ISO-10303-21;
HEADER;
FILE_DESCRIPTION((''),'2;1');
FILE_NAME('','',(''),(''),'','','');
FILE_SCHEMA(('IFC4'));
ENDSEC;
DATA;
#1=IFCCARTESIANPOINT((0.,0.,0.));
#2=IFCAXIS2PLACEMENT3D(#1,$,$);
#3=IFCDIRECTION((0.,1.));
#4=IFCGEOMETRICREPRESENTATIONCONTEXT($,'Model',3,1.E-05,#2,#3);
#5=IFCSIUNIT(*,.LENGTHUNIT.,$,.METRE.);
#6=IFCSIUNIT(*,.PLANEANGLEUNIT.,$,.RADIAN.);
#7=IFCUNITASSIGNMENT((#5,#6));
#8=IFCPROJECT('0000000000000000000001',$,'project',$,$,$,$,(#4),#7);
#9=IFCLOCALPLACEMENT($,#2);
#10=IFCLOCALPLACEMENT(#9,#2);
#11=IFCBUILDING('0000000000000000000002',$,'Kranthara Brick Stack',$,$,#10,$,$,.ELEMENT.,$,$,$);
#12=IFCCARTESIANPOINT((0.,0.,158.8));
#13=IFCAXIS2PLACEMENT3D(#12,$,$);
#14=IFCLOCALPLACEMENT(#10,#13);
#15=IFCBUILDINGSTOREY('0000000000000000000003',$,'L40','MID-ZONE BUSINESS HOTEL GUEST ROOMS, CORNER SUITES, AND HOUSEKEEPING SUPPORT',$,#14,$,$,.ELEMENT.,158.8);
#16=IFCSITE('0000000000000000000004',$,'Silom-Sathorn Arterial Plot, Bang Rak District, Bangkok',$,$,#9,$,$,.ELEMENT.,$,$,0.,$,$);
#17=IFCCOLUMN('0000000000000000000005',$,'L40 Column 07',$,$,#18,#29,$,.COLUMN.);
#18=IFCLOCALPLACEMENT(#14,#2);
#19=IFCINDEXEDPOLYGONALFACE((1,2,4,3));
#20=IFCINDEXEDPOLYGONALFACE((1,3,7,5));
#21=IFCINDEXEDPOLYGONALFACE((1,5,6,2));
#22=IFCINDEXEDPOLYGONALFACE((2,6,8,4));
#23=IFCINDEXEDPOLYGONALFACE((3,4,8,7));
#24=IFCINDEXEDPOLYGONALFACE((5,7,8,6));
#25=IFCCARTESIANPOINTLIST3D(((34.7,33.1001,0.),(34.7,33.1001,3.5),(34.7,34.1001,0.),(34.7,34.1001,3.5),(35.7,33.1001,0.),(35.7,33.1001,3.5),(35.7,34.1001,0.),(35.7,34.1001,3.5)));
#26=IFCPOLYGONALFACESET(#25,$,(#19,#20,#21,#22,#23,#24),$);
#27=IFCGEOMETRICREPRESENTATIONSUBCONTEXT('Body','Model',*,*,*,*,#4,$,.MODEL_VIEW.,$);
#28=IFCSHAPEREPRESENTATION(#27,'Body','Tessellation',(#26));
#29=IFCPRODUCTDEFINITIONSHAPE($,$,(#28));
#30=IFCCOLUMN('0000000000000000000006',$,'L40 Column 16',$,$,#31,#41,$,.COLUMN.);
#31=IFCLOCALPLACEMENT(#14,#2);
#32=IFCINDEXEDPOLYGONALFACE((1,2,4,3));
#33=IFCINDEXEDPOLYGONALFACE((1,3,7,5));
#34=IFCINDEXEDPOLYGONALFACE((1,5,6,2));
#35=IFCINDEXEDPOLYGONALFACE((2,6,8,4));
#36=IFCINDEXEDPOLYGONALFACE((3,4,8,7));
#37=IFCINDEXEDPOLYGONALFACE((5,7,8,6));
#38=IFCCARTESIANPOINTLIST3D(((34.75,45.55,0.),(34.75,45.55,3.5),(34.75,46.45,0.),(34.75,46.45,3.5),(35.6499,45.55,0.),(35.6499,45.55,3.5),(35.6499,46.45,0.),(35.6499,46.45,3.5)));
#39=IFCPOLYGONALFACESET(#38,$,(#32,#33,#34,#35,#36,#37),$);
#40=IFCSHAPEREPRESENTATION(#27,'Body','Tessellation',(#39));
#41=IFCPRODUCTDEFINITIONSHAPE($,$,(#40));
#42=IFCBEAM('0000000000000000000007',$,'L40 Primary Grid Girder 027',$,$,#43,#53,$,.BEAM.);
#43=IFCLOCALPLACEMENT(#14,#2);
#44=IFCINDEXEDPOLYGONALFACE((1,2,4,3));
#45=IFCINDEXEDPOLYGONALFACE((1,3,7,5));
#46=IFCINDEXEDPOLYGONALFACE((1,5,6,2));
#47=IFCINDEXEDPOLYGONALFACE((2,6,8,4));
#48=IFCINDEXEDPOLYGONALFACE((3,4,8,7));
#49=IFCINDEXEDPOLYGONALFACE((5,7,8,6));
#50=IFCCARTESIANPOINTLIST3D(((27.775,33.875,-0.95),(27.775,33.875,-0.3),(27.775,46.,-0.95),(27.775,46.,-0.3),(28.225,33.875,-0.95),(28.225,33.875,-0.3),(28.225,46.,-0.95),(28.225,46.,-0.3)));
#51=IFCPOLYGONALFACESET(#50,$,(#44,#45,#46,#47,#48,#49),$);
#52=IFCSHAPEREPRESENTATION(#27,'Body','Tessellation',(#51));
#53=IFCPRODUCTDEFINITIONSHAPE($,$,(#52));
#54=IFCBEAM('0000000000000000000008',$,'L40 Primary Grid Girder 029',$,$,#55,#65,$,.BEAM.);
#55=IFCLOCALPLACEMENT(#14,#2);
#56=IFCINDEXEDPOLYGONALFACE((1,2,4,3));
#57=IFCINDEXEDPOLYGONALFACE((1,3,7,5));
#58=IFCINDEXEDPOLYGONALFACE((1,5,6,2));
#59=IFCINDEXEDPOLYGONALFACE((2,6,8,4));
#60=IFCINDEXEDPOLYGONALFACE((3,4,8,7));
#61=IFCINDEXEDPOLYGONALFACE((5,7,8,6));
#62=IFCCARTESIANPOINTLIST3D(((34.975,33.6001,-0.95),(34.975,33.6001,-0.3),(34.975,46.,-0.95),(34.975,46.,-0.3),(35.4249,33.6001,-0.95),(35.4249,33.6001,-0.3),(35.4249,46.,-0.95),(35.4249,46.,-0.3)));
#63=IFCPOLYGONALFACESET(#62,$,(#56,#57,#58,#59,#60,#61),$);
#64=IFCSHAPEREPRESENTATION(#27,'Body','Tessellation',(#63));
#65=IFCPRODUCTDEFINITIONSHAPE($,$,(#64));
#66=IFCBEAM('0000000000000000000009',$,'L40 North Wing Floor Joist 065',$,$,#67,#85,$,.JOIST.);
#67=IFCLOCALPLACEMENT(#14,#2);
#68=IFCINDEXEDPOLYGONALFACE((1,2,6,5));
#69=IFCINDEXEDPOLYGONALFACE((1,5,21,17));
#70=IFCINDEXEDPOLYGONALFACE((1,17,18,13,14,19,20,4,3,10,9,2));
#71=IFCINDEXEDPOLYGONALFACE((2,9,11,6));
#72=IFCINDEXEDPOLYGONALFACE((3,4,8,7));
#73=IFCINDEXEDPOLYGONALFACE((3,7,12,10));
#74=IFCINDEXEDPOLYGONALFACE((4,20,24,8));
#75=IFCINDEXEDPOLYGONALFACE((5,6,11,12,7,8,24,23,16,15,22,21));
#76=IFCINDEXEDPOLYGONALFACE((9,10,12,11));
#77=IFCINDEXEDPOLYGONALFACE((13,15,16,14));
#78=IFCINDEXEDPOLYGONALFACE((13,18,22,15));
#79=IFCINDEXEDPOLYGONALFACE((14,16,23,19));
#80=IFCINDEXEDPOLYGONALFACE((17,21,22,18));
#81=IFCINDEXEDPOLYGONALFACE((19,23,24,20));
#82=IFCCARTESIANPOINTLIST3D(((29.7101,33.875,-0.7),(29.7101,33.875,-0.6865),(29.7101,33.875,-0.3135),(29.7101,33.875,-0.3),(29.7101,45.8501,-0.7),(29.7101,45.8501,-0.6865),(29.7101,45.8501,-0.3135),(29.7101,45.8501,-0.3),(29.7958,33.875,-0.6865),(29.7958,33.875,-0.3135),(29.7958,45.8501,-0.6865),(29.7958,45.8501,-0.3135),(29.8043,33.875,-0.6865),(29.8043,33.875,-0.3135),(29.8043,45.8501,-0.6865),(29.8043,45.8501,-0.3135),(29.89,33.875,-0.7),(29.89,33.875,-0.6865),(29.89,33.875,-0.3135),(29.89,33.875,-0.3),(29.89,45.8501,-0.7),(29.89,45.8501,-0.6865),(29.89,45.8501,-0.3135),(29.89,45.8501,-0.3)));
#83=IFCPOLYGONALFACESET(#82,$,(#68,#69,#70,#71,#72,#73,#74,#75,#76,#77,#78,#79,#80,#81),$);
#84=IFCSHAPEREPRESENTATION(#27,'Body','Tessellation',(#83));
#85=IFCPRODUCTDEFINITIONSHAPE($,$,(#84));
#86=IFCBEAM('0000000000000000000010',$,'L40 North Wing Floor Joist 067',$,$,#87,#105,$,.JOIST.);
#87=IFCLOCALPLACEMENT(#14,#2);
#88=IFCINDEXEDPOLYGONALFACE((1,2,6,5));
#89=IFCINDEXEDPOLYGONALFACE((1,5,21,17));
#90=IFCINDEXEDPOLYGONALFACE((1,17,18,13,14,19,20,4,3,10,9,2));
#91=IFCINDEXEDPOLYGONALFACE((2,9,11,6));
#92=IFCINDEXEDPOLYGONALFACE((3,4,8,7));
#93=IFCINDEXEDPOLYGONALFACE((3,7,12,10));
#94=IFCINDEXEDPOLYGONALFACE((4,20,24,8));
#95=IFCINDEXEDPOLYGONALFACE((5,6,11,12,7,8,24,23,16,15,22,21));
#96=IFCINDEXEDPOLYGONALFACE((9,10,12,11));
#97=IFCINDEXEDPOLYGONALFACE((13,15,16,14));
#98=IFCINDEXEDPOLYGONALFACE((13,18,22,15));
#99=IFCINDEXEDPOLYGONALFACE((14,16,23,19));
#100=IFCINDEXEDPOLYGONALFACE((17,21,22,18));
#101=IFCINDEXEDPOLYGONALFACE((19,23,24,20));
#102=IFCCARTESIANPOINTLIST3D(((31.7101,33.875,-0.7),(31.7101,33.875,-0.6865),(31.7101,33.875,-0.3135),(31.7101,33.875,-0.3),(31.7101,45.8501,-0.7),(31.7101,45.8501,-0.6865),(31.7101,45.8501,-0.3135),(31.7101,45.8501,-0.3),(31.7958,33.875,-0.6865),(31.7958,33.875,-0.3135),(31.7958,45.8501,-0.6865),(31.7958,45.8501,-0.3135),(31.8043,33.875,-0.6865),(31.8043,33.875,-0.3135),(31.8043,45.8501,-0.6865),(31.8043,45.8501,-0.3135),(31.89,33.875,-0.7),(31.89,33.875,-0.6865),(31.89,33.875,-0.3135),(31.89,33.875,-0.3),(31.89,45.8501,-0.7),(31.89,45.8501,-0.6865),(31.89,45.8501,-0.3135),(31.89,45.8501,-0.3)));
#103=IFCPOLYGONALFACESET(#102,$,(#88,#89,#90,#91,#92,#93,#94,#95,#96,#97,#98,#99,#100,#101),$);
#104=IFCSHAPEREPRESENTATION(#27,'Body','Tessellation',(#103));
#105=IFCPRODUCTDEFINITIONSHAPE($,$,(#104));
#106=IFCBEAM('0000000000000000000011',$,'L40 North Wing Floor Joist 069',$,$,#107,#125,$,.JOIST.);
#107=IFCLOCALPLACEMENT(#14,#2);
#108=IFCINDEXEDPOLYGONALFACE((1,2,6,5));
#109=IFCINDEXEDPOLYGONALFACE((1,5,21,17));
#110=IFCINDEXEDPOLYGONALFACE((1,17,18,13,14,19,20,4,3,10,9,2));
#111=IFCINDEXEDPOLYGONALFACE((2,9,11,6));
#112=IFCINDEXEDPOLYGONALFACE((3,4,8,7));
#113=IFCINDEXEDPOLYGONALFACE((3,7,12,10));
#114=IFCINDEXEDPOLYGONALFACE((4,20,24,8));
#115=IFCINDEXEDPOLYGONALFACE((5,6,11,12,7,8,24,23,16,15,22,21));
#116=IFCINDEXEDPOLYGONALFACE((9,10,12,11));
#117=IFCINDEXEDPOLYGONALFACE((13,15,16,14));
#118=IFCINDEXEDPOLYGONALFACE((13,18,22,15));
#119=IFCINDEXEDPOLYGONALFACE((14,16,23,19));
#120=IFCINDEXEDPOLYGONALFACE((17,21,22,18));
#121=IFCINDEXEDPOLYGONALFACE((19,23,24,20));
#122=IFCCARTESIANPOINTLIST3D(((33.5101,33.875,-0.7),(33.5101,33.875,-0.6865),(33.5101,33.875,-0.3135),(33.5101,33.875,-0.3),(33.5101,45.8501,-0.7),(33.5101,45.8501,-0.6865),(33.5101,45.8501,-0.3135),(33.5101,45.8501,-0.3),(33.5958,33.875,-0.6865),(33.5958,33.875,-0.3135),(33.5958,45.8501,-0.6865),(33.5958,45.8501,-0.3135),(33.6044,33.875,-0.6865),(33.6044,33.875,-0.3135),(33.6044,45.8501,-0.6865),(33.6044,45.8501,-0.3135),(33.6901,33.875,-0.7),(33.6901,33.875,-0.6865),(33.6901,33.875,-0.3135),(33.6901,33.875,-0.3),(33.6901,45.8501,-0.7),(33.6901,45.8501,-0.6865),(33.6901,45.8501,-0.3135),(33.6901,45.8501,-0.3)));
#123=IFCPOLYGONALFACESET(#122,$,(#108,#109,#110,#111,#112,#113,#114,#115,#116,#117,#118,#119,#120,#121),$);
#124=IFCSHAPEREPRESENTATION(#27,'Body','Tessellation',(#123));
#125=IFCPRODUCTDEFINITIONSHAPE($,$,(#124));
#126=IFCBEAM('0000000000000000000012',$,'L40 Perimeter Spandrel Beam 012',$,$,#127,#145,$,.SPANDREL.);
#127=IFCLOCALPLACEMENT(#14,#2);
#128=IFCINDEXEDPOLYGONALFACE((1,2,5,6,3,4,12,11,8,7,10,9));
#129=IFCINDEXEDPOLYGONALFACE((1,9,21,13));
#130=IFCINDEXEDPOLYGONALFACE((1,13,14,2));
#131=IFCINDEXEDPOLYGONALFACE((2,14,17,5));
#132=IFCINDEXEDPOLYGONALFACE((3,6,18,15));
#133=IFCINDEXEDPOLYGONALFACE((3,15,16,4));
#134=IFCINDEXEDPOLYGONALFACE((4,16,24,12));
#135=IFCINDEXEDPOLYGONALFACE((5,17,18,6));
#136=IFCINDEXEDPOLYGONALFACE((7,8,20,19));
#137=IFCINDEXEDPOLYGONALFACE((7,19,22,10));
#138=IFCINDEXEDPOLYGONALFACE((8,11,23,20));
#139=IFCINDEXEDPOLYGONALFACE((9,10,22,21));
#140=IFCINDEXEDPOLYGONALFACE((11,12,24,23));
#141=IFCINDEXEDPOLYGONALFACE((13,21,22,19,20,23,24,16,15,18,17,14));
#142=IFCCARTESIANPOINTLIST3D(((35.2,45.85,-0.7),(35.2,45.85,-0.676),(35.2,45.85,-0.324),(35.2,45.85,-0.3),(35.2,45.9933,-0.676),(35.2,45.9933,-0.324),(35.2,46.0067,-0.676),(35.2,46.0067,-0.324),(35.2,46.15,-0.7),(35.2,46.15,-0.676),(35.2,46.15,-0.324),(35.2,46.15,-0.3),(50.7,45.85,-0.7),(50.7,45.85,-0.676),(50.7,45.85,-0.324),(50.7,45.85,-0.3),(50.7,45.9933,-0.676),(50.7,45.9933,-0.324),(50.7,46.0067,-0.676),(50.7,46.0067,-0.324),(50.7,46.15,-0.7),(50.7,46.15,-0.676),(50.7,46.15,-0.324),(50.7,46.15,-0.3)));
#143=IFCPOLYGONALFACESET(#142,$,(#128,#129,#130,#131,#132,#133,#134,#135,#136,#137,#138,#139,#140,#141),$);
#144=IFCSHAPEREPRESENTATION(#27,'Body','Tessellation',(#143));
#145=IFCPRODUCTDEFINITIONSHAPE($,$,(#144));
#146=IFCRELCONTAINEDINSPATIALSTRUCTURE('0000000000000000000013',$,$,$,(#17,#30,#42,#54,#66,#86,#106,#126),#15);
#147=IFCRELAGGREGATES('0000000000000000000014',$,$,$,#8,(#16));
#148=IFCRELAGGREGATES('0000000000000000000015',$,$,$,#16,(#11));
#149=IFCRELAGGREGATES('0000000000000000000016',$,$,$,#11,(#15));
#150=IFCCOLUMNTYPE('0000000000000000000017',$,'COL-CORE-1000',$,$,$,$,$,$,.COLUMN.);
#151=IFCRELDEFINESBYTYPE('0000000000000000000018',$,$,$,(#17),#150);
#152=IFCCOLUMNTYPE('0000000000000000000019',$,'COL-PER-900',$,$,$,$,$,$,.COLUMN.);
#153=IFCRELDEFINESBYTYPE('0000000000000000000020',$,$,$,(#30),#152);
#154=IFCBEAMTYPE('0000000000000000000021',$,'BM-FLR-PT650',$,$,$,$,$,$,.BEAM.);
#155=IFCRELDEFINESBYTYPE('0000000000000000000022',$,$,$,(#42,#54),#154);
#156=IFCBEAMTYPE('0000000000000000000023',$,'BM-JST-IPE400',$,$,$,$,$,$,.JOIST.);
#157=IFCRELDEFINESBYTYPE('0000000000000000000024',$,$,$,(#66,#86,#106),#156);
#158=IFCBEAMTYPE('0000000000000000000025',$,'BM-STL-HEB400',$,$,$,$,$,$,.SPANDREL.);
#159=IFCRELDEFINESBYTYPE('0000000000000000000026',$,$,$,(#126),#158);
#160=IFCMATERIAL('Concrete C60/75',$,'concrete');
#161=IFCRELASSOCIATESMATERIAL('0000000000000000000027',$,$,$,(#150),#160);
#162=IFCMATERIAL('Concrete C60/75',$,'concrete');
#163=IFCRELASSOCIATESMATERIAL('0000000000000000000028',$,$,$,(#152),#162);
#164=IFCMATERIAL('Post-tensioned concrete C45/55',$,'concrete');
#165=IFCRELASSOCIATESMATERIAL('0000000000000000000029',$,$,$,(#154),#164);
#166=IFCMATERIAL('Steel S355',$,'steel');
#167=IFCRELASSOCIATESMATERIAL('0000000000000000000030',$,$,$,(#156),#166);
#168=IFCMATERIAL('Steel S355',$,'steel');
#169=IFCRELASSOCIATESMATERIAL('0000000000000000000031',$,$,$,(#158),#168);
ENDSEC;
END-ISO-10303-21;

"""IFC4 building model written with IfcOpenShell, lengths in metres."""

from ifc_helpers import new_model, si_unit, direction, frame, origin, origin_2d, place, context, subcontext, project, spatial, rectangle, i_section, extrude, material, material_profile, profile_set, type_object, element, save


model = new_model("IFC4")

# Units and contexts
model_context = context("Model", 3, precision=1e-05, world=origin(), true_north=direction((0.0, 1.0)))
body_context = subcontext(model_context, "Body", "Model", "MODEL_VIEW")
ifc_project = project(units=[si_unit("LENGTHUNIT", "METRE"), si_unit("PLANEANGLEUNIT", "RADIAN")], contexts=[model_context])

# Site, building, storey
site_placement = place(None, origin())
site = spatial("IfcSite", under=ifc_project, at=site_placement, Name="Silom-Sathorn Arterial Plot, Bang Rak District, Bangkok", CompositionType="ELEMENT", RefElevation=0.0)
building_placement = place(site_placement, origin())
building = spatial("IfcBuilding", under=site, at=building_placement, Name="Kranthara Brick Stack", CompositionType="ELEMENT")
storey_placement = place(building_placement, frame((0.0, 0.0, 158.8)))
storey = spatial("IfcBuildingStorey", under=building, at=storey_placement, Name="L40", Description="MID-ZONE BUSINESS HOTEL GUEST ROOMS, CORNER SUITES, AND HOUSEKEEPING SUPPORT", CompositionType="ELEMENT", Elevation=158.8)

# Columns
ifc_material_1 = material(Name="Concrete C60/75", Category="concrete")
ifc_material_profile_1 = material_profile(ifc_material_1, rectangle(XDim=1.0, YDim=1.0, at=origin_2d()), Name="RC 1000x1000")
ifc_profile_set_1 = profile_set([ifc_material_profile_1], Name="Concrete C60/75")
column_type_1 = type_object("IfcColumnType", Name="COL-CORE-1000", PredefinedType="COLUMN", material=ifc_profile_set_1)
column_1_placement = place(storey_placement, frame((35.2, 33.6001, 0.0), z_axis=(0.0, 0.0, 1.0), x_axis=(1.0, 0.0, 0.0)))
element("IfcColumn", 1, at=column_1_placement, inside=storey, type_object=column_type_1, Name="L40 Column 07", PredefinedType="COLUMN", context=body_context, shape_type="SweptSolid", body=[
    extrude(rectangle(XDim=1.0, YDim=1.0, at=origin_2d()), origin(), (0.0, 0.0, 1.0), 3.5),
])
ifc_material_2 = material(Name="Concrete C60/75", Category="concrete")
ifc_material_profile_2 = material_profile(ifc_material_2, rectangle(XDim=0.8999, YDim=0.8999, at=origin_2d()), Name="RC 900x900")
ifc_profile_set_2 = profile_set([ifc_material_profile_2], Name="Concrete C60/75")
column_type_2 = type_object("IfcColumnType", Name="COL-PER-900", PredefinedType="COLUMN", material=ifc_profile_set_2)
column_2_placement = place(storey_placement, frame((35.2, 46.0, 0.0), z_axis=(0.0, 0.0, 1.0), x_axis=(1.0, 0.0, 0.0)))
element("IfcColumn", 2, at=column_2_placement, inside=storey, type_object=column_type_2, Name="L40 Column 16", PredefinedType="COLUMN", context=body_context, shape_type="SweptSolid", body=[
    extrude(rectangle(XDim=0.8999, YDim=0.8999, at=origin_2d()), origin(), (0.0, 0.0, 1.0), 3.5),
])

# Beams
ifc_material_3 = material(Name="Post-tensioned concrete C45/55", Category="concrete")
ifc_material_profile_3 = material_profile(ifc_material_3, rectangle(XDim=0.45, YDim=0.6499, at=origin_2d()), Name="PT 450x650")
ifc_profile_set_3 = profile_set([ifc_material_profile_3], Name="Post-tensioned concrete C45/55")
beam_type_1 = type_object("IfcBeamType", Name="BM-FLR-PT650", PredefinedType="BEAM", material=ifc_profile_set_3)
beam_1_placement = place(storey_placement, frame((28.0, 33.875, -0.625), z_axis=(0.0, 1.0, 0.0), x_axis=(-1.0, 0.0, 0.0)))
element("IfcBeam", 3, at=beam_1_placement, inside=storey, type_object=beam_type_1, Name="L40 Primary Grid Girder 027", PredefinedType="BEAM", context=body_context, shape_type="SweptSolid", body=[
    extrude(rectangle(XDim=0.45, YDim=0.6499, at=origin_2d()), origin(), (0.0, 0.0, 1.0), 12.125),
])
beam_2_placement = place(storey_placement, frame((35.2, 33.6001, -0.625), z_axis=(0.0, 1.0, 0.0), x_axis=(-1.0, 0.0, 0.0)))
element("IfcBeam", 4, at=beam_2_placement, inside=storey, type_object=beam_type_1, Name="L40 Primary Grid Girder 029", PredefinedType="BEAM", context=body_context, shape_type="SweptSolid", body=[
    extrude(rectangle(XDim=0.45, YDim=0.6499, at=origin_2d()), origin(), (0.0, 0.0, 1.0), 12.3999),
])
ifc_material_4 = material(Name="Steel S355", Category="steel")
ifc_material_profile_4 = material_profile(ifc_material_4, i_section(OverallWidth=0.1799, OverallDepth=0.3999, WebThickness=0.0085, FlangeThickness=0.0134, at=origin_2d()), Name="IPE 400")
ifc_profile_set_4 = profile_set([ifc_material_profile_4], Name="Steel S355")
beam_type_2 = type_object("IfcBeamType", Name="BM-JST-IPE400", PredefinedType="JOIST", material=ifc_profile_set_4)
for number, where, z_axis, x_axis, name in (
    (5, (29.8, 33.875, -0.5), (0.0, 1.0, 0.0), (-1.0, 0.0, 0.0), "L40 North Wing Floor Joist 065"),
    (6, (31.8, 33.875, -0.5), (0.0, 1.0, 0.0), (-1.0, 0.0, 0.0), "L40 North Wing Floor Joist 067"),
    (7, (33.6001, 33.875, -0.5), (0.0, 1.0, 0.0), (-1.0, 0.0, 0.0), "L40 North Wing Floor Joist 069"),
):
    element("IfcBeam", number, at=place(storey_placement, frame(where, z_axis=z_axis, x_axis=x_axis)), inside=storey, type_object=beam_type_2, Name=name, PredefinedType="JOIST", context=body_context, shape_type="SweptSolid", body=[
        extrude(i_section(OverallWidth=0.1799, OverallDepth=0.3999, WebThickness=0.0085, FlangeThickness=0.0134, at=origin_2d()), origin(), (0.0, 0.0, 1.0), 11.9751),
    ])
ifc_material_5 = material(Name="Steel S355", Category="steel")
ifc_material_profile_5 = material_profile(ifc_material_5, i_section(OverallWidth=0.3, OverallDepth=0.3999, WebThickness=0.0134, FlangeThickness=0.0239, at=origin_2d()), Name="HEB 400")
ifc_profile_set_5 = profile_set([ifc_material_profile_5], Name="Steel S355")
beam_type_3 = type_object("IfcBeamType", Name="BM-STL-HEB400", PredefinedType="SPANDREL", material=ifc_profile_set_5)
beam_3_placement = place(storey_placement, frame((35.2, 46.0, -0.5), z_axis=(1.0, 0.0, 0.0), x_axis=(0.0, 1.0, 0.0)))
element("IfcBeam", 8, at=beam_3_placement, inside=storey, type_object=beam_type_3, Name="L40 Perimeter Spandrel Beam 012", PredefinedType="SPANDREL", context=body_context, shape_type="SweptSolid", body=[
    extrude(i_section(OverallWidth=0.3, OverallDepth=0.3999, WebThickness=0.0134, FlangeThickness=0.0239, at=origin_2d()), origin(), (0.0, 0.0, 1.0), 15.5),
])

save(model, "model.ifc")
